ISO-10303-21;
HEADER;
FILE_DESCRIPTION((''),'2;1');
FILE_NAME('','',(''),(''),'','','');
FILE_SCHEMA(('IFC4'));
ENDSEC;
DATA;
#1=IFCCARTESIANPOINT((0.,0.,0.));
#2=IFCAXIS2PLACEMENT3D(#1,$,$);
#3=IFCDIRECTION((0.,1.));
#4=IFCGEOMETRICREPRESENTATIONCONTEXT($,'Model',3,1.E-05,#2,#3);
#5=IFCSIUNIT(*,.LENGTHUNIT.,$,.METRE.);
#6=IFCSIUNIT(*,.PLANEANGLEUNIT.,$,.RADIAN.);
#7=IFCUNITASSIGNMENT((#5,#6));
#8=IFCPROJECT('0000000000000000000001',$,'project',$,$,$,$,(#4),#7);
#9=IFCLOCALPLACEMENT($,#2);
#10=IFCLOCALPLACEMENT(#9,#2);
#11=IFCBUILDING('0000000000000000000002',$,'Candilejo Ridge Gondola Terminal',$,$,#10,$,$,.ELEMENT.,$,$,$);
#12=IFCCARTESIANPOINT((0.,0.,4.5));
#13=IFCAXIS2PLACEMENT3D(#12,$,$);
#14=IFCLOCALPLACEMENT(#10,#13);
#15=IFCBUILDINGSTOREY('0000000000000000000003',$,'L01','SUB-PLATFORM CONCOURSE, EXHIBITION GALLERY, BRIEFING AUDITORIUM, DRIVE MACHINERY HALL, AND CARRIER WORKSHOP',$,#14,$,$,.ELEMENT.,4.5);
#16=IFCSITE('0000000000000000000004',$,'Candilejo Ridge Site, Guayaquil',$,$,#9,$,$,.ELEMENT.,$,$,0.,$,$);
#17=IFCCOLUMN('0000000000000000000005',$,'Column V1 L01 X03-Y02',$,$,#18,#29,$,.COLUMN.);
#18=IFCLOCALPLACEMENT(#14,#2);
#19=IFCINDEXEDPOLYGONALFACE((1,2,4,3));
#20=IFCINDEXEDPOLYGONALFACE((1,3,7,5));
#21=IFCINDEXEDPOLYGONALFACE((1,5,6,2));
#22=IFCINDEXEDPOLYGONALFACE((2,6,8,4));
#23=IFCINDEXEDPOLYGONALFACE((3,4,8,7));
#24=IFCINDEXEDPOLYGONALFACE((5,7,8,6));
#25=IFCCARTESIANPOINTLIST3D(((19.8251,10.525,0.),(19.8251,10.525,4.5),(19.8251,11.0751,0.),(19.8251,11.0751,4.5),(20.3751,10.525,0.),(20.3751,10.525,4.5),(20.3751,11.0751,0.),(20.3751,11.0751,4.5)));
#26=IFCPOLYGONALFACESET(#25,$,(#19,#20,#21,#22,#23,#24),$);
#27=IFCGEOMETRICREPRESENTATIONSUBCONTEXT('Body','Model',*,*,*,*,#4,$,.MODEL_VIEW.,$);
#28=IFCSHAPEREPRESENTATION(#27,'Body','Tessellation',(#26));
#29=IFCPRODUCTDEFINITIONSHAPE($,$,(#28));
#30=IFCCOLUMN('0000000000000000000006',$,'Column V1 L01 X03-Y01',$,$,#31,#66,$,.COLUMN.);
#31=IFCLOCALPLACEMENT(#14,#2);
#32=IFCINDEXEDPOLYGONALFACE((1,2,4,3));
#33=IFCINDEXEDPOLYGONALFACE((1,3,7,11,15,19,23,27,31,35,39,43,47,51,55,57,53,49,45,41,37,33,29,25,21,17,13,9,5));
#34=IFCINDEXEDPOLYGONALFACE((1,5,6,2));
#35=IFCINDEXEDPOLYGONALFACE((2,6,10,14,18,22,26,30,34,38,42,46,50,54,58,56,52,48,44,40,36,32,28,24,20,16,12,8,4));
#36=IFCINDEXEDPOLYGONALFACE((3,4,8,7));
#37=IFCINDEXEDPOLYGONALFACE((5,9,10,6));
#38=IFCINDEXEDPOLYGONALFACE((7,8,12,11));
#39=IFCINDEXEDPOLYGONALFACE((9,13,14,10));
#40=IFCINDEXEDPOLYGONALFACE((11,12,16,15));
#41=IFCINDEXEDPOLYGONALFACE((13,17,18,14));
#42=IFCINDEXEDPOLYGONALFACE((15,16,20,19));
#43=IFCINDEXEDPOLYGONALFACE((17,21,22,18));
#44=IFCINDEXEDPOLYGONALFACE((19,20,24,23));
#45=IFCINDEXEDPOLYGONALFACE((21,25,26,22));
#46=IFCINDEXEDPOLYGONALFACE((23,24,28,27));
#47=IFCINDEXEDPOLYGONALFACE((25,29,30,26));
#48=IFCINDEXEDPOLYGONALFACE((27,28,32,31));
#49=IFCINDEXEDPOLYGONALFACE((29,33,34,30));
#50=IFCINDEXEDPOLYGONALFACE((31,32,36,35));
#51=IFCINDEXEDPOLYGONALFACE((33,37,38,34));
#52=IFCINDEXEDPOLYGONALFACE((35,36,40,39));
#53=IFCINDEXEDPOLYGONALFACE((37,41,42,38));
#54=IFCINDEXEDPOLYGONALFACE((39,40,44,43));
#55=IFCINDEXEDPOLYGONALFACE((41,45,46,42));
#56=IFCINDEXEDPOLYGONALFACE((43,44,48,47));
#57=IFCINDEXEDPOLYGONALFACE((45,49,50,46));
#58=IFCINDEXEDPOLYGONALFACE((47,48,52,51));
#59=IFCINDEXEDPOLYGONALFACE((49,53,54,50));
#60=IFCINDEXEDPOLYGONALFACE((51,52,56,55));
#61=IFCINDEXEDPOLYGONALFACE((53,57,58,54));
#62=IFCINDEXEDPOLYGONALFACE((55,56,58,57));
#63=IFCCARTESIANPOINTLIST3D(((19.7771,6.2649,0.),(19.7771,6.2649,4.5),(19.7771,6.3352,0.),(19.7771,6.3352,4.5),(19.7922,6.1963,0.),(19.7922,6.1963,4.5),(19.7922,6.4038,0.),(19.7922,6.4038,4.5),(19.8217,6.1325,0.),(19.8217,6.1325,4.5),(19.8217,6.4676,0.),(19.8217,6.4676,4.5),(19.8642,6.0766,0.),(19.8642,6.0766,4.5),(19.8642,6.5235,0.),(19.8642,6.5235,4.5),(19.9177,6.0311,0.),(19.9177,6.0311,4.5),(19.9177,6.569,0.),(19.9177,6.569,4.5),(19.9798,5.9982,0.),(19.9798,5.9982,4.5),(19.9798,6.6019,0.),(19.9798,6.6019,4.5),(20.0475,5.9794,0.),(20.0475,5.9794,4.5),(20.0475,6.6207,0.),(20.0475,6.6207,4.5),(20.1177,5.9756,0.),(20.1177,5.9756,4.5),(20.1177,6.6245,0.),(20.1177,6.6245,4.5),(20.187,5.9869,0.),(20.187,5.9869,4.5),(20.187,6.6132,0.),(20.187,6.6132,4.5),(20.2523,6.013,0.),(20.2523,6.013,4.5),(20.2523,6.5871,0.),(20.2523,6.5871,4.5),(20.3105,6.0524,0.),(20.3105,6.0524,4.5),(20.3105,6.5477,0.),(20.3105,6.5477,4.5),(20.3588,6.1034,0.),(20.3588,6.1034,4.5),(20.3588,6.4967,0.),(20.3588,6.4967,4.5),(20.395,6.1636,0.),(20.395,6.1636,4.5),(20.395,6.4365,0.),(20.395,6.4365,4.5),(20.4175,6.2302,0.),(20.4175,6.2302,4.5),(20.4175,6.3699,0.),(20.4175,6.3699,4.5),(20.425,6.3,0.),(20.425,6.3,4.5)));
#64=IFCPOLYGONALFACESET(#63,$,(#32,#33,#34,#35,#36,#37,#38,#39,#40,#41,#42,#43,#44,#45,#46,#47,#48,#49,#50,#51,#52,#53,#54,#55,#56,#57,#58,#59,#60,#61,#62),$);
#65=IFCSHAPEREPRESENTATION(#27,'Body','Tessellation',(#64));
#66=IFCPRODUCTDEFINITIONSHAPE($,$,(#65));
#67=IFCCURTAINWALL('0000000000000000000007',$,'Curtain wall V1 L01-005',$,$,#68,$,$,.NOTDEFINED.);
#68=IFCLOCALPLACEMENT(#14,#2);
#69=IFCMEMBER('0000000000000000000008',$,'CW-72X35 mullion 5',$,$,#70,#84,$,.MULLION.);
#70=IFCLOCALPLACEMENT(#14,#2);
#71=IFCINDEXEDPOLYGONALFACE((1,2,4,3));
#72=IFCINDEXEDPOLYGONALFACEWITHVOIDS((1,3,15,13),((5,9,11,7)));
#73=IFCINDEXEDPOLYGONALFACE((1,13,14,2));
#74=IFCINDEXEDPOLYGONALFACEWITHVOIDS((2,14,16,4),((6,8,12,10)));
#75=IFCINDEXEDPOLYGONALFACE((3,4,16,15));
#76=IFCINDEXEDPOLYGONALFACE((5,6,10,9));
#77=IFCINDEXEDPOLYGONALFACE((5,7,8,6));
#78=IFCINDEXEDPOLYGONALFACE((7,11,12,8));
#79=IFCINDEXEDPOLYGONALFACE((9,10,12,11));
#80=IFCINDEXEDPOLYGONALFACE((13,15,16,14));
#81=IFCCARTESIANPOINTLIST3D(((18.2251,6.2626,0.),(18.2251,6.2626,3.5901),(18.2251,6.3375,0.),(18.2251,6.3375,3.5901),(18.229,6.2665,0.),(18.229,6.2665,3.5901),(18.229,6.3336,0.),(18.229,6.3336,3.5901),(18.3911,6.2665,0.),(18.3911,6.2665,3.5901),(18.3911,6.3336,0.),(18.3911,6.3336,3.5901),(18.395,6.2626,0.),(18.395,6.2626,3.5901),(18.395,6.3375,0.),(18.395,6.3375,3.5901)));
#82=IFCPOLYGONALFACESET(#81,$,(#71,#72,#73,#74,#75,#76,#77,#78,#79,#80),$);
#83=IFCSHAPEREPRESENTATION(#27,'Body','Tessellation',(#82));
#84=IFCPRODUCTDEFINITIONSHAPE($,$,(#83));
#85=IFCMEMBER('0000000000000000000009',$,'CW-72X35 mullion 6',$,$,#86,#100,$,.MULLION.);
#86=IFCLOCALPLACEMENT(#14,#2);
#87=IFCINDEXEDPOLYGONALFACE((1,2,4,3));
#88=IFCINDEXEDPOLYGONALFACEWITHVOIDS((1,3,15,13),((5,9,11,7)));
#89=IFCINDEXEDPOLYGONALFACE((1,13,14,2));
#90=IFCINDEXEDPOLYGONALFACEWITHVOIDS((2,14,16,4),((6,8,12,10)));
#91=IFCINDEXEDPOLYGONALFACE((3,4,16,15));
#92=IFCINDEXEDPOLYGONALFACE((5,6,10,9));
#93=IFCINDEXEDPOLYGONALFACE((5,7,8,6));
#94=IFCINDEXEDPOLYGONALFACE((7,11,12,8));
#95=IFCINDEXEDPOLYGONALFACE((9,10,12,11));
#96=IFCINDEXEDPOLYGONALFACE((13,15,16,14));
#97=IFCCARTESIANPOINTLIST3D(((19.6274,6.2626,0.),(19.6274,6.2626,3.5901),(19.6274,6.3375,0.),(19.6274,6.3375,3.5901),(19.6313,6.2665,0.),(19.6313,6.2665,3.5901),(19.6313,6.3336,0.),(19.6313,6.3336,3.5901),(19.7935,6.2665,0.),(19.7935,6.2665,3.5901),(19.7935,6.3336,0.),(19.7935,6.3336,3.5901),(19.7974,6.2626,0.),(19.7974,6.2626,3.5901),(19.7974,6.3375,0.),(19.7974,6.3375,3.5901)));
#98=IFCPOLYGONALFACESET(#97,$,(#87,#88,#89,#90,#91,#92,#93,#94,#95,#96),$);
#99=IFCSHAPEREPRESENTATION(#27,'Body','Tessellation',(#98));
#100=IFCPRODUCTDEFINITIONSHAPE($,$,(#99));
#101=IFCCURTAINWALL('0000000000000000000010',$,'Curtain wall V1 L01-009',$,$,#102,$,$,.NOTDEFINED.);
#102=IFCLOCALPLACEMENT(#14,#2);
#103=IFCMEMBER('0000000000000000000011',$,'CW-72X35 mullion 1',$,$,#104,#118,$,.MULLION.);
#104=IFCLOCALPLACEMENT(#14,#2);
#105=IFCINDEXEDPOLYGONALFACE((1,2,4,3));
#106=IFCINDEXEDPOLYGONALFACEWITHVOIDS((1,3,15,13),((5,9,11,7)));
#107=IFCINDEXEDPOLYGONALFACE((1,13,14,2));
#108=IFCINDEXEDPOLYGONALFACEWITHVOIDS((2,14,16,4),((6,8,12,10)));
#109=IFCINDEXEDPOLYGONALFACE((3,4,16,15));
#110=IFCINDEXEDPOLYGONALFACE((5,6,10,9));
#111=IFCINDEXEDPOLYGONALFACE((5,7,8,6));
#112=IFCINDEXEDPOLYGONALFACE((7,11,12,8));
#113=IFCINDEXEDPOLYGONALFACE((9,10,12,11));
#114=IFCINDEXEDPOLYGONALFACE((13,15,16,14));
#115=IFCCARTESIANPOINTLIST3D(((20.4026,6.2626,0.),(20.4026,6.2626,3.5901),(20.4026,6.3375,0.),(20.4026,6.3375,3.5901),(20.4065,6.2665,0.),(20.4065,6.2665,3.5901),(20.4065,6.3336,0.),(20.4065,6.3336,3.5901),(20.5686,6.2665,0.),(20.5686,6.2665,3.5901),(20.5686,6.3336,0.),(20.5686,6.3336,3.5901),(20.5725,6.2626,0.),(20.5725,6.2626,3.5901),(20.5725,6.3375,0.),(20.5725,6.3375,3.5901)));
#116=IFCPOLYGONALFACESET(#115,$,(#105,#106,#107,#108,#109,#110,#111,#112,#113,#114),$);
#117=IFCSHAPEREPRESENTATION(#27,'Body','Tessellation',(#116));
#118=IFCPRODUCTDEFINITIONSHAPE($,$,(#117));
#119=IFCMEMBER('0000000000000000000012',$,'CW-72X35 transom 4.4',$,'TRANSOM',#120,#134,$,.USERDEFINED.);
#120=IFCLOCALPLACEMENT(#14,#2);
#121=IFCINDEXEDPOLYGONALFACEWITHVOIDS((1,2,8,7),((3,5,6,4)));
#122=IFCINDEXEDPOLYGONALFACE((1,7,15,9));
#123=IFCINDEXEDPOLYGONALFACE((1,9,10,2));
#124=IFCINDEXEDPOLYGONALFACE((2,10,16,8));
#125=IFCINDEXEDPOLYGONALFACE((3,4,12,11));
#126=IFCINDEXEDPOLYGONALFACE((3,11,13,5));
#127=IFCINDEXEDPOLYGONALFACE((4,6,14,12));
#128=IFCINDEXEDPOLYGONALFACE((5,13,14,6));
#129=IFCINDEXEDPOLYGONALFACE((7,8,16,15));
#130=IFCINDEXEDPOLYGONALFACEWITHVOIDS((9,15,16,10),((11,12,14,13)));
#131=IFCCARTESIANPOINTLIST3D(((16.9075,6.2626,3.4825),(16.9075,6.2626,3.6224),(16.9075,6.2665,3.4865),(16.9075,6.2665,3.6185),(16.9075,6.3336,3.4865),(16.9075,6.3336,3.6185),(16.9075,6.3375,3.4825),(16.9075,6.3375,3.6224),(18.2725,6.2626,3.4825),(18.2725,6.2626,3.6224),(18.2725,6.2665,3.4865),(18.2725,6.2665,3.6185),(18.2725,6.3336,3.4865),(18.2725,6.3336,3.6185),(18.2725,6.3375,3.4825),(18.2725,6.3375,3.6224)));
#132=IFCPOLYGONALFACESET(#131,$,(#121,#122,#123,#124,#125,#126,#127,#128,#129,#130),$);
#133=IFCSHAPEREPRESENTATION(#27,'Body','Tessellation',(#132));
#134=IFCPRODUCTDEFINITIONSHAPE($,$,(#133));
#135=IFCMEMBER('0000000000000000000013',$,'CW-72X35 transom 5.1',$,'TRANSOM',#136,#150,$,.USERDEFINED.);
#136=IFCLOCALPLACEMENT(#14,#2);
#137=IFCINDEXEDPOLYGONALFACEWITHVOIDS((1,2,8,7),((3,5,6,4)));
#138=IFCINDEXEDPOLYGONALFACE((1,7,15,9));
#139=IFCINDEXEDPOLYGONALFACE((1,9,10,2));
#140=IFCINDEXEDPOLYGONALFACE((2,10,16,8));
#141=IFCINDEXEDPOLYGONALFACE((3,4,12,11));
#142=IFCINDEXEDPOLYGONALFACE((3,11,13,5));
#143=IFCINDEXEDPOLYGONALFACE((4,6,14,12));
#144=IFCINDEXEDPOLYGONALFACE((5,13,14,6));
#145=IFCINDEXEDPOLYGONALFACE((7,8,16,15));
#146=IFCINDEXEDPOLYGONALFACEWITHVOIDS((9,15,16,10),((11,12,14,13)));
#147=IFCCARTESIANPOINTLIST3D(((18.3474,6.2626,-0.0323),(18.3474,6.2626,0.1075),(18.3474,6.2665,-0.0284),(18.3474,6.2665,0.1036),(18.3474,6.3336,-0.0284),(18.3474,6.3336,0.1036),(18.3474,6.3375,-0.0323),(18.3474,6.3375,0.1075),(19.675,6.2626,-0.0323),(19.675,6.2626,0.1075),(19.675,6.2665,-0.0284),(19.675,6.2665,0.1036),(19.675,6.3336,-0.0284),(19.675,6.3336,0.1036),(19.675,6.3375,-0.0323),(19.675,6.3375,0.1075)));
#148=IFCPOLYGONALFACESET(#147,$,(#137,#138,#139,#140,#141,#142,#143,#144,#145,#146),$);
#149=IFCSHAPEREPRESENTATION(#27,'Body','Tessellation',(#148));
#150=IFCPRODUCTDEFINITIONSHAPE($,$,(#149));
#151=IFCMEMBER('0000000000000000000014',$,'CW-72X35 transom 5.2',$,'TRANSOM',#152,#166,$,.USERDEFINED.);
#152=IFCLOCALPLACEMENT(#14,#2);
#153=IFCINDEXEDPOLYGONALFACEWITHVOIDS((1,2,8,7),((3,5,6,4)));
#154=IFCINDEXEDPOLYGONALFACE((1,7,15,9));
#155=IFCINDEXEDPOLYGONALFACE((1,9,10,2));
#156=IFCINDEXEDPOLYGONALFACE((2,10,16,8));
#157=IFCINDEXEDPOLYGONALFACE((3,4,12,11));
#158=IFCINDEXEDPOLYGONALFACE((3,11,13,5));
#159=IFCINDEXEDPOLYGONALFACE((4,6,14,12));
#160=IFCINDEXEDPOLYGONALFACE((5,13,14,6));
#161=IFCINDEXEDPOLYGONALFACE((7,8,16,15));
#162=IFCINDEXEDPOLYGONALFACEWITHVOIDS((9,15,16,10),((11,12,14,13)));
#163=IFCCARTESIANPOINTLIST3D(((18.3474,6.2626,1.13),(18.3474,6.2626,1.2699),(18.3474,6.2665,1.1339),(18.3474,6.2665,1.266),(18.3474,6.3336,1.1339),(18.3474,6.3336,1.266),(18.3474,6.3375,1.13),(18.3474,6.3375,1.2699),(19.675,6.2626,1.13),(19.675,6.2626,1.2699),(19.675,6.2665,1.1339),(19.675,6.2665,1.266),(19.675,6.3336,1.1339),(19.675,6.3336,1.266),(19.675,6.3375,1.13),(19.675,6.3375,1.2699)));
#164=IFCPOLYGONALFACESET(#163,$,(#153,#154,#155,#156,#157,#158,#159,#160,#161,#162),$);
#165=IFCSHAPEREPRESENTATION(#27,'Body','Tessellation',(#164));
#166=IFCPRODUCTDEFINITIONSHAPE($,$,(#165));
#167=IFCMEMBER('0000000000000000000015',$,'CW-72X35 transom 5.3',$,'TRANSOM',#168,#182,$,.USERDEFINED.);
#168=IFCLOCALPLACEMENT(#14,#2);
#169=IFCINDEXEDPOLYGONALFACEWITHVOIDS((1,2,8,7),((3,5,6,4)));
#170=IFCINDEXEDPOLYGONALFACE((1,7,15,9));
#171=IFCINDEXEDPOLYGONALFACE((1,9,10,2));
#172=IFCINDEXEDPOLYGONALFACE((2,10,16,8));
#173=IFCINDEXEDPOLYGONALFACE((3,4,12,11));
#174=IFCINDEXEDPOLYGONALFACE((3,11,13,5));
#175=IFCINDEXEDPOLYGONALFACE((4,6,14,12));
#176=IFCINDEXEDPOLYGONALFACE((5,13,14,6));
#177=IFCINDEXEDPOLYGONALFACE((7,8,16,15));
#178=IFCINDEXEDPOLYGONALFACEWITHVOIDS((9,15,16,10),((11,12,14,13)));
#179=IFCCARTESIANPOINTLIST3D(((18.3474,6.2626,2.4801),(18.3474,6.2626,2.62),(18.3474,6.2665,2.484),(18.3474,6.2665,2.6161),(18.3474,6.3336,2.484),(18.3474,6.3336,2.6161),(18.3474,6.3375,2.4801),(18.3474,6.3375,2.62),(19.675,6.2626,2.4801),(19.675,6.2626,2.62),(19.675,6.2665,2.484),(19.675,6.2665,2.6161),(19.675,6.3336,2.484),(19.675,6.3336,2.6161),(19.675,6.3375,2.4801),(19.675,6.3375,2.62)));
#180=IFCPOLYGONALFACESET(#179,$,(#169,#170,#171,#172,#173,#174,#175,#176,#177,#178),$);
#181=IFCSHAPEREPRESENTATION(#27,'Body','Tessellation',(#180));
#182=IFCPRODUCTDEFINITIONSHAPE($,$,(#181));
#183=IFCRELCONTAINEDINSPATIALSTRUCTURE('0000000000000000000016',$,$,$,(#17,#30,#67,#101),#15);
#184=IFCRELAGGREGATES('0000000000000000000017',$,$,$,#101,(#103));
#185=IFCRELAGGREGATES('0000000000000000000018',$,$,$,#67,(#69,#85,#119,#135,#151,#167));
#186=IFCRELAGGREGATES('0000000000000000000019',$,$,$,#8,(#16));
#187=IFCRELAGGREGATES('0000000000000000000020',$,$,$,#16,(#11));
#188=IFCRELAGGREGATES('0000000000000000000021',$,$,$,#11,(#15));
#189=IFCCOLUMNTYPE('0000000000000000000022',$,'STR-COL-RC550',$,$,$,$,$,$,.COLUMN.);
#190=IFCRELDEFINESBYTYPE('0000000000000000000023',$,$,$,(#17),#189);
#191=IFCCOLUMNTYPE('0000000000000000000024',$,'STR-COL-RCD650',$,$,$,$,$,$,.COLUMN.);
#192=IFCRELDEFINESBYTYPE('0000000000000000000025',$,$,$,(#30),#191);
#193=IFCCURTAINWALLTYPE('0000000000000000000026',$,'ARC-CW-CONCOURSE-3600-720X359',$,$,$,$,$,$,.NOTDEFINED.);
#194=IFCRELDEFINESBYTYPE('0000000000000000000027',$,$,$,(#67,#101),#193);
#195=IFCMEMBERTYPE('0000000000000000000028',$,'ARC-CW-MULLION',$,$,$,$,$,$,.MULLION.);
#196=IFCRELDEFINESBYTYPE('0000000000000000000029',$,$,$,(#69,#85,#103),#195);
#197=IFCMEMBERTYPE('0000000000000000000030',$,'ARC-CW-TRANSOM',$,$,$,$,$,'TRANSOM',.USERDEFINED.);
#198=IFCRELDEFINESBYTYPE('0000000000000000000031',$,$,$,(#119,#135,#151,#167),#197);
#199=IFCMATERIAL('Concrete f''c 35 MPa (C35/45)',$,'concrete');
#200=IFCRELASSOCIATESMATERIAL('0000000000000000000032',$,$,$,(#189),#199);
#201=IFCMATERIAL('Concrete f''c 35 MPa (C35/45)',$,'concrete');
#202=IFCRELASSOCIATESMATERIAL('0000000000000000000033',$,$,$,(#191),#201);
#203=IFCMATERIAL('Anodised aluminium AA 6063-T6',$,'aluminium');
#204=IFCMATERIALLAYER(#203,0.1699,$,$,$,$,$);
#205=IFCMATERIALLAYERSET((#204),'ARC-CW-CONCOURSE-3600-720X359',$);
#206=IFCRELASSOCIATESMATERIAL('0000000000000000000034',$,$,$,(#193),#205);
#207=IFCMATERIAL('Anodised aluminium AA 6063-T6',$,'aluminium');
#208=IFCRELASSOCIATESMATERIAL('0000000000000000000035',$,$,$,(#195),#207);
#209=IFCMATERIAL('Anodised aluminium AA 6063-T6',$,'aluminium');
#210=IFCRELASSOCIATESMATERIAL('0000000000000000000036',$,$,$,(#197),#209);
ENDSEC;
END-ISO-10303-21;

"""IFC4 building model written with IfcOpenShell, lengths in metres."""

from ifc_helpers import new_model, si_unit, direction, frame, origin, origin_2d, place, context, subcontext, project, spatial, rectangle, hollow_rectangle, circle, extrude, material, layer, layer_set, material_profile, profile_set, type_object, element, aggregate, save


model = new_model("IFC4")

# Units and contexts
model_context = context("Model", 3, precision=1e-05, world=origin(), true_north=direction((0.0, 1.0)))
body_context = subcontext(model_context, "Body", "Model", "MODEL_VIEW")
ifc_project = project(units=[si_unit("LENGTHUNIT", "METRE"), si_unit("PLANEANGLEUNIT", "RADIAN")], contexts=[model_context])

# Site, building, storey
site_placement = place(None, origin())
site = spatial("IfcSite", under=ifc_project, at=site_placement, Name="Candilejo Ridge Site, Guayaquil", CompositionType="ELEMENT", RefElevation=0.0)
building_placement = place(site_placement, origin())
building = spatial("IfcBuilding", under=site, at=building_placement, Name="Candilejo Ridge Gondola Terminal", CompositionType="ELEMENT")
storey_placement = place(building_placement, frame((0.0, 0.0, 4.5)))
storey = spatial("IfcBuildingStorey", under=building, at=storey_placement, Name="L01", Description="SUB-PLATFORM CONCOURSE, EXHIBITION GALLERY, BRIEFING AUDITORIUM, DRIVE MACHINERY HALL, AND CARRIER WORKSHOP", CompositionType="ELEMENT", Elevation=4.5)

# Columns
ifc_material_1 = material(Name="Concrete f'c 35 MPa (C35/45)", Category="concrete")
ifc_material_profile_1 = material_profile(ifc_material_1, rectangle(XDim=0.55, YDim=0.55, at=origin_2d()))
ifc_profile_set_1 = profile_set([ifc_material_profile_1], Name="Concrete f'c 35 MPa (C35/45)")
column_type_1 = type_object("IfcColumnType", Name="STR-COL-RC550", PredefinedType="COLUMN", material=ifc_profile_set_1)
column_1_placement = place(storey_placement, frame((20.1001, 10.8, 0.0), z_axis=(0.0, 0.0, 1.0), x_axis=(1.0, 0.0, 0.0)))
element("IfcColumn", 1, at=column_1_placement, inside=storey, type_object=column_type_1, Name="Column V1 L01 X03-Y02", PredefinedType="COLUMN", context=body_context, shape_type="SweptSolid", body=[
    extrude(rectangle(XDim=0.55, YDim=0.55, at=origin_2d()), origin(), (0.0, 0.0, 1.0), 4.5),
])
ifc_material_2 = material(Name="Concrete f'c 35 MPa (C35/45)", Category="concrete")
ifc_material_profile_2 = material_profile(ifc_material_2, circle(Radius=0.325, at=origin_2d()))
ifc_profile_set_2 = profile_set([ifc_material_profile_2], Name="Concrete f'c 35 MPa (C35/45)")
column_type_2 = type_object("IfcColumnType", Name="STR-COL-RCD650", PredefinedType="COLUMN", material=ifc_profile_set_2)
column_2_placement = place(storey_placement, frame((20.1001, 6.3, 0.0), z_axis=(0.0, 0.0, 1.0), x_axis=(1.0, 0.0, 0.0)))
element("IfcColumn", 2, at=column_2_placement, inside=storey, type_object=column_type_2, Name="Column V1 L01 X03-Y01", PredefinedType="COLUMN", context=body_context, shape_type="SweptSolid", body=[
    extrude(circle(Radius=0.325, at=origin_2d()), origin(), (0.0, 0.0, 1.0), 4.5),
])

# Curtain wall, members
ifc_material_3 = material(Name="Anodised aluminium AA 6063-T6", Category="aluminium")
ifc_layer_1 = layer(ifc_material_3, 0.1699)
ifc_layer_set_1 = layer_set([ifc_layer_1], Name="ARC-CW-CONCOURSE-3600-720X359")
curtain_wall_type = type_object("IfcCurtainWallType", Name="ARC-CW-CONCOURSE-3600-720X359", PredefinedType="NOTDEFINED", material=ifc_layer_set_1)
curtain_wall_1_placement = place(storey_placement, origin())
curtain_wall_1 = element("IfcCurtainWall", 3, at=curtain_wall_1_placement, inside=storey, type_object=curtain_wall_type, Name="Curtain wall V1 L01-005", PredefinedType="NOTDEFINED")
ifc_material_4 = material(Name="Anodised aluminium AA 6063-T6", Category="aluminium")
ifc_material_profile_3 = material_profile(ifc_material_4, hollow_rectangle(XDim=0.075, YDim=0.1699, WallThickness=0.0039, at=origin_2d()))
ifc_profile_set_3 = profile_set([ifc_material_profile_3], Name="Anodised aluminium AA 6063-T6")
member_type_1 = type_object("IfcMemberType", Name="ARC-CW-MULLION", PredefinedType="MULLION", material=ifc_profile_set_3)
member_1_placement = place(storey_placement, frame((18.3101, 6.3, 0.0), z_axis=(0.0, 0.0, 1.0), x_axis=(0.0, 1.0, 0.0)))
member_1 = element("IfcMember", 4, at=member_1_placement, type_object=member_type_1, Name="CW-72X35 mullion 5", PredefinedType="MULLION", context=body_context, shape_type="SweptSolid", body=[
    extrude(hollow_rectangle(XDim=0.075, YDim=0.1699, WallThickness=0.0039, at=origin_2d()), origin(), (0.0, 0.0, 1.0), 3.5901),
])
member_2_placement = place(storey_placement, frame((19.7124, 6.3, 0.0), z_axis=(0.0, 0.0, 1.0), x_axis=(0.0, 1.0, 0.0)))
member_2 = element("IfcMember", 5, at=member_2_placement, type_object=member_type_1, Name="CW-72X35 mullion 6", PredefinedType="MULLION", context=body_context, shape_type="SweptSolid", body=[
    extrude(hollow_rectangle(XDim=0.075, YDim=0.1699, WallThickness=0.0039, at=origin_2d()), origin(), (0.0, 0.0, 1.0), 3.5901),
])

# Curtain wall, member
curtain_wall_2_placement = place(storey_placement, origin())
curtain_wall_2 = element("IfcCurtainWall", 6, at=curtain_wall_2_placement, inside=storey, type_object=curtain_wall_type, Name="Curtain wall V1 L01-009", PredefinedType="NOTDEFINED")
member_3_placement = place(storey_placement, frame((20.4875, 6.3, 0.0), z_axis=(0.0, 0.0, 1.0), x_axis=(0.0, 1.0, 0.0)))
member_3 = element("IfcMember", 7, at=member_3_placement, type_object=member_type_1, Name="CW-72X35 mullion 1", PredefinedType="MULLION", context=body_context, shape_type="SweptSolid", body=[
    extrude(hollow_rectangle(XDim=0.075, YDim=0.1699, WallThickness=0.0039, at=origin_2d()), origin(), (0.0, 0.0, 1.0), 3.5901),
])

# Members
ifc_material_5 = material(Name="Anodised aluminium AA 6063-T6", Category="aluminium")
ifc_material_profile_4 = material_profile(ifc_material_5, hollow_rectangle(XDim=0.075, YDim=0.1399, WallThickness=0.0039, at=origin_2d()))
ifc_profile_set_4 = profile_set([ifc_material_profile_4], Name="Anodised aluminium AA 6063-T6")
member_type_2 = type_object("IfcMemberType", Name="ARC-CW-TRANSOM", ElementType="TRANSOM", PredefinedType="USERDEFINED", material=ifc_profile_set_4)
member_4_placement = place(storey_placement, frame((16.9075, 6.3, 3.5525), z_axis=(1.0, 0.0, 0.0), x_axis=(0.0, 1.0, 0.0)))
member_4 = element("IfcMember", 8, at=member_4_placement, type_object=member_type_2, Name="CW-72X35 transom 4.4", ObjectType="TRANSOM", PredefinedType="USERDEFINED", context=body_context, shape_type="SweptSolid", body=[
    extrude(hollow_rectangle(XDim=0.075, YDim=0.1399, WallThickness=0.0039, at=origin_2d()), origin(), (0.0, 0.0, 1.0), 1.365),
])
member_5_placement = place(storey_placement, frame((18.3474, 6.3, 0.0376), z_axis=(1.0, 0.0, 0.0), x_axis=(0.0, 1.0, 0.0)))
member_5 = element("IfcMember", 9, at=member_5_placement, type_object=member_type_2, Name="CW-72X35 transom 5.1", ObjectType="TRANSOM", PredefinedType="USERDEFINED", context=body_context, shape_type="SweptSolid", body=[
    extrude(hollow_rectangle(XDim=0.075, YDim=0.1399, WallThickness=0.0039, at=origin_2d()), origin(), (0.0, 0.0, 1.0), 1.3276),
])
member_6_placement = place(storey_placement, frame((18.3474, 6.3, 1.2), z_axis=(1.0, 0.0, 0.0), x_axis=(0.0, 1.0, 0.0)))
member_6 = element("IfcMember", 10, at=member_6_placement, type_object=member_type_2, Name="CW-72X35 transom 5.2", ObjectType="TRANSOM", PredefinedType="USERDEFINED", context=body_context, shape_type="SweptSolid", body=[
    extrude(hollow_rectangle(XDim=0.075, YDim=0.1399, WallThickness=0.0039, at=origin_2d()), origin(), (0.0, 0.0, 1.0), 1.3276),
])
member_7_placement = place(storey_placement, frame((18.3474, 6.3, 2.55), z_axis=(1.0, 0.0, 0.0), x_axis=(0.0, 1.0, 0.0)))
member_7 = element("IfcMember", 11, at=member_7_placement, type_object=member_type_2, Name="CW-72X35 transom 5.3", ObjectType="TRANSOM", PredefinedType="USERDEFINED", context=body_context, shape_type="SweptSolid", body=[
    extrude(hollow_rectangle(XDim=0.075, YDim=0.1399, WallThickness=0.0039, at=origin_2d()), origin(), (0.0, 0.0, 1.0), 1.3276),
])
aggregate(curtain_wall_2, [member_3])

aggregate(curtain_wall_1, [member_1, member_2, member_4, member_5, member_6, member_7])

save(model, "model.ifc")
